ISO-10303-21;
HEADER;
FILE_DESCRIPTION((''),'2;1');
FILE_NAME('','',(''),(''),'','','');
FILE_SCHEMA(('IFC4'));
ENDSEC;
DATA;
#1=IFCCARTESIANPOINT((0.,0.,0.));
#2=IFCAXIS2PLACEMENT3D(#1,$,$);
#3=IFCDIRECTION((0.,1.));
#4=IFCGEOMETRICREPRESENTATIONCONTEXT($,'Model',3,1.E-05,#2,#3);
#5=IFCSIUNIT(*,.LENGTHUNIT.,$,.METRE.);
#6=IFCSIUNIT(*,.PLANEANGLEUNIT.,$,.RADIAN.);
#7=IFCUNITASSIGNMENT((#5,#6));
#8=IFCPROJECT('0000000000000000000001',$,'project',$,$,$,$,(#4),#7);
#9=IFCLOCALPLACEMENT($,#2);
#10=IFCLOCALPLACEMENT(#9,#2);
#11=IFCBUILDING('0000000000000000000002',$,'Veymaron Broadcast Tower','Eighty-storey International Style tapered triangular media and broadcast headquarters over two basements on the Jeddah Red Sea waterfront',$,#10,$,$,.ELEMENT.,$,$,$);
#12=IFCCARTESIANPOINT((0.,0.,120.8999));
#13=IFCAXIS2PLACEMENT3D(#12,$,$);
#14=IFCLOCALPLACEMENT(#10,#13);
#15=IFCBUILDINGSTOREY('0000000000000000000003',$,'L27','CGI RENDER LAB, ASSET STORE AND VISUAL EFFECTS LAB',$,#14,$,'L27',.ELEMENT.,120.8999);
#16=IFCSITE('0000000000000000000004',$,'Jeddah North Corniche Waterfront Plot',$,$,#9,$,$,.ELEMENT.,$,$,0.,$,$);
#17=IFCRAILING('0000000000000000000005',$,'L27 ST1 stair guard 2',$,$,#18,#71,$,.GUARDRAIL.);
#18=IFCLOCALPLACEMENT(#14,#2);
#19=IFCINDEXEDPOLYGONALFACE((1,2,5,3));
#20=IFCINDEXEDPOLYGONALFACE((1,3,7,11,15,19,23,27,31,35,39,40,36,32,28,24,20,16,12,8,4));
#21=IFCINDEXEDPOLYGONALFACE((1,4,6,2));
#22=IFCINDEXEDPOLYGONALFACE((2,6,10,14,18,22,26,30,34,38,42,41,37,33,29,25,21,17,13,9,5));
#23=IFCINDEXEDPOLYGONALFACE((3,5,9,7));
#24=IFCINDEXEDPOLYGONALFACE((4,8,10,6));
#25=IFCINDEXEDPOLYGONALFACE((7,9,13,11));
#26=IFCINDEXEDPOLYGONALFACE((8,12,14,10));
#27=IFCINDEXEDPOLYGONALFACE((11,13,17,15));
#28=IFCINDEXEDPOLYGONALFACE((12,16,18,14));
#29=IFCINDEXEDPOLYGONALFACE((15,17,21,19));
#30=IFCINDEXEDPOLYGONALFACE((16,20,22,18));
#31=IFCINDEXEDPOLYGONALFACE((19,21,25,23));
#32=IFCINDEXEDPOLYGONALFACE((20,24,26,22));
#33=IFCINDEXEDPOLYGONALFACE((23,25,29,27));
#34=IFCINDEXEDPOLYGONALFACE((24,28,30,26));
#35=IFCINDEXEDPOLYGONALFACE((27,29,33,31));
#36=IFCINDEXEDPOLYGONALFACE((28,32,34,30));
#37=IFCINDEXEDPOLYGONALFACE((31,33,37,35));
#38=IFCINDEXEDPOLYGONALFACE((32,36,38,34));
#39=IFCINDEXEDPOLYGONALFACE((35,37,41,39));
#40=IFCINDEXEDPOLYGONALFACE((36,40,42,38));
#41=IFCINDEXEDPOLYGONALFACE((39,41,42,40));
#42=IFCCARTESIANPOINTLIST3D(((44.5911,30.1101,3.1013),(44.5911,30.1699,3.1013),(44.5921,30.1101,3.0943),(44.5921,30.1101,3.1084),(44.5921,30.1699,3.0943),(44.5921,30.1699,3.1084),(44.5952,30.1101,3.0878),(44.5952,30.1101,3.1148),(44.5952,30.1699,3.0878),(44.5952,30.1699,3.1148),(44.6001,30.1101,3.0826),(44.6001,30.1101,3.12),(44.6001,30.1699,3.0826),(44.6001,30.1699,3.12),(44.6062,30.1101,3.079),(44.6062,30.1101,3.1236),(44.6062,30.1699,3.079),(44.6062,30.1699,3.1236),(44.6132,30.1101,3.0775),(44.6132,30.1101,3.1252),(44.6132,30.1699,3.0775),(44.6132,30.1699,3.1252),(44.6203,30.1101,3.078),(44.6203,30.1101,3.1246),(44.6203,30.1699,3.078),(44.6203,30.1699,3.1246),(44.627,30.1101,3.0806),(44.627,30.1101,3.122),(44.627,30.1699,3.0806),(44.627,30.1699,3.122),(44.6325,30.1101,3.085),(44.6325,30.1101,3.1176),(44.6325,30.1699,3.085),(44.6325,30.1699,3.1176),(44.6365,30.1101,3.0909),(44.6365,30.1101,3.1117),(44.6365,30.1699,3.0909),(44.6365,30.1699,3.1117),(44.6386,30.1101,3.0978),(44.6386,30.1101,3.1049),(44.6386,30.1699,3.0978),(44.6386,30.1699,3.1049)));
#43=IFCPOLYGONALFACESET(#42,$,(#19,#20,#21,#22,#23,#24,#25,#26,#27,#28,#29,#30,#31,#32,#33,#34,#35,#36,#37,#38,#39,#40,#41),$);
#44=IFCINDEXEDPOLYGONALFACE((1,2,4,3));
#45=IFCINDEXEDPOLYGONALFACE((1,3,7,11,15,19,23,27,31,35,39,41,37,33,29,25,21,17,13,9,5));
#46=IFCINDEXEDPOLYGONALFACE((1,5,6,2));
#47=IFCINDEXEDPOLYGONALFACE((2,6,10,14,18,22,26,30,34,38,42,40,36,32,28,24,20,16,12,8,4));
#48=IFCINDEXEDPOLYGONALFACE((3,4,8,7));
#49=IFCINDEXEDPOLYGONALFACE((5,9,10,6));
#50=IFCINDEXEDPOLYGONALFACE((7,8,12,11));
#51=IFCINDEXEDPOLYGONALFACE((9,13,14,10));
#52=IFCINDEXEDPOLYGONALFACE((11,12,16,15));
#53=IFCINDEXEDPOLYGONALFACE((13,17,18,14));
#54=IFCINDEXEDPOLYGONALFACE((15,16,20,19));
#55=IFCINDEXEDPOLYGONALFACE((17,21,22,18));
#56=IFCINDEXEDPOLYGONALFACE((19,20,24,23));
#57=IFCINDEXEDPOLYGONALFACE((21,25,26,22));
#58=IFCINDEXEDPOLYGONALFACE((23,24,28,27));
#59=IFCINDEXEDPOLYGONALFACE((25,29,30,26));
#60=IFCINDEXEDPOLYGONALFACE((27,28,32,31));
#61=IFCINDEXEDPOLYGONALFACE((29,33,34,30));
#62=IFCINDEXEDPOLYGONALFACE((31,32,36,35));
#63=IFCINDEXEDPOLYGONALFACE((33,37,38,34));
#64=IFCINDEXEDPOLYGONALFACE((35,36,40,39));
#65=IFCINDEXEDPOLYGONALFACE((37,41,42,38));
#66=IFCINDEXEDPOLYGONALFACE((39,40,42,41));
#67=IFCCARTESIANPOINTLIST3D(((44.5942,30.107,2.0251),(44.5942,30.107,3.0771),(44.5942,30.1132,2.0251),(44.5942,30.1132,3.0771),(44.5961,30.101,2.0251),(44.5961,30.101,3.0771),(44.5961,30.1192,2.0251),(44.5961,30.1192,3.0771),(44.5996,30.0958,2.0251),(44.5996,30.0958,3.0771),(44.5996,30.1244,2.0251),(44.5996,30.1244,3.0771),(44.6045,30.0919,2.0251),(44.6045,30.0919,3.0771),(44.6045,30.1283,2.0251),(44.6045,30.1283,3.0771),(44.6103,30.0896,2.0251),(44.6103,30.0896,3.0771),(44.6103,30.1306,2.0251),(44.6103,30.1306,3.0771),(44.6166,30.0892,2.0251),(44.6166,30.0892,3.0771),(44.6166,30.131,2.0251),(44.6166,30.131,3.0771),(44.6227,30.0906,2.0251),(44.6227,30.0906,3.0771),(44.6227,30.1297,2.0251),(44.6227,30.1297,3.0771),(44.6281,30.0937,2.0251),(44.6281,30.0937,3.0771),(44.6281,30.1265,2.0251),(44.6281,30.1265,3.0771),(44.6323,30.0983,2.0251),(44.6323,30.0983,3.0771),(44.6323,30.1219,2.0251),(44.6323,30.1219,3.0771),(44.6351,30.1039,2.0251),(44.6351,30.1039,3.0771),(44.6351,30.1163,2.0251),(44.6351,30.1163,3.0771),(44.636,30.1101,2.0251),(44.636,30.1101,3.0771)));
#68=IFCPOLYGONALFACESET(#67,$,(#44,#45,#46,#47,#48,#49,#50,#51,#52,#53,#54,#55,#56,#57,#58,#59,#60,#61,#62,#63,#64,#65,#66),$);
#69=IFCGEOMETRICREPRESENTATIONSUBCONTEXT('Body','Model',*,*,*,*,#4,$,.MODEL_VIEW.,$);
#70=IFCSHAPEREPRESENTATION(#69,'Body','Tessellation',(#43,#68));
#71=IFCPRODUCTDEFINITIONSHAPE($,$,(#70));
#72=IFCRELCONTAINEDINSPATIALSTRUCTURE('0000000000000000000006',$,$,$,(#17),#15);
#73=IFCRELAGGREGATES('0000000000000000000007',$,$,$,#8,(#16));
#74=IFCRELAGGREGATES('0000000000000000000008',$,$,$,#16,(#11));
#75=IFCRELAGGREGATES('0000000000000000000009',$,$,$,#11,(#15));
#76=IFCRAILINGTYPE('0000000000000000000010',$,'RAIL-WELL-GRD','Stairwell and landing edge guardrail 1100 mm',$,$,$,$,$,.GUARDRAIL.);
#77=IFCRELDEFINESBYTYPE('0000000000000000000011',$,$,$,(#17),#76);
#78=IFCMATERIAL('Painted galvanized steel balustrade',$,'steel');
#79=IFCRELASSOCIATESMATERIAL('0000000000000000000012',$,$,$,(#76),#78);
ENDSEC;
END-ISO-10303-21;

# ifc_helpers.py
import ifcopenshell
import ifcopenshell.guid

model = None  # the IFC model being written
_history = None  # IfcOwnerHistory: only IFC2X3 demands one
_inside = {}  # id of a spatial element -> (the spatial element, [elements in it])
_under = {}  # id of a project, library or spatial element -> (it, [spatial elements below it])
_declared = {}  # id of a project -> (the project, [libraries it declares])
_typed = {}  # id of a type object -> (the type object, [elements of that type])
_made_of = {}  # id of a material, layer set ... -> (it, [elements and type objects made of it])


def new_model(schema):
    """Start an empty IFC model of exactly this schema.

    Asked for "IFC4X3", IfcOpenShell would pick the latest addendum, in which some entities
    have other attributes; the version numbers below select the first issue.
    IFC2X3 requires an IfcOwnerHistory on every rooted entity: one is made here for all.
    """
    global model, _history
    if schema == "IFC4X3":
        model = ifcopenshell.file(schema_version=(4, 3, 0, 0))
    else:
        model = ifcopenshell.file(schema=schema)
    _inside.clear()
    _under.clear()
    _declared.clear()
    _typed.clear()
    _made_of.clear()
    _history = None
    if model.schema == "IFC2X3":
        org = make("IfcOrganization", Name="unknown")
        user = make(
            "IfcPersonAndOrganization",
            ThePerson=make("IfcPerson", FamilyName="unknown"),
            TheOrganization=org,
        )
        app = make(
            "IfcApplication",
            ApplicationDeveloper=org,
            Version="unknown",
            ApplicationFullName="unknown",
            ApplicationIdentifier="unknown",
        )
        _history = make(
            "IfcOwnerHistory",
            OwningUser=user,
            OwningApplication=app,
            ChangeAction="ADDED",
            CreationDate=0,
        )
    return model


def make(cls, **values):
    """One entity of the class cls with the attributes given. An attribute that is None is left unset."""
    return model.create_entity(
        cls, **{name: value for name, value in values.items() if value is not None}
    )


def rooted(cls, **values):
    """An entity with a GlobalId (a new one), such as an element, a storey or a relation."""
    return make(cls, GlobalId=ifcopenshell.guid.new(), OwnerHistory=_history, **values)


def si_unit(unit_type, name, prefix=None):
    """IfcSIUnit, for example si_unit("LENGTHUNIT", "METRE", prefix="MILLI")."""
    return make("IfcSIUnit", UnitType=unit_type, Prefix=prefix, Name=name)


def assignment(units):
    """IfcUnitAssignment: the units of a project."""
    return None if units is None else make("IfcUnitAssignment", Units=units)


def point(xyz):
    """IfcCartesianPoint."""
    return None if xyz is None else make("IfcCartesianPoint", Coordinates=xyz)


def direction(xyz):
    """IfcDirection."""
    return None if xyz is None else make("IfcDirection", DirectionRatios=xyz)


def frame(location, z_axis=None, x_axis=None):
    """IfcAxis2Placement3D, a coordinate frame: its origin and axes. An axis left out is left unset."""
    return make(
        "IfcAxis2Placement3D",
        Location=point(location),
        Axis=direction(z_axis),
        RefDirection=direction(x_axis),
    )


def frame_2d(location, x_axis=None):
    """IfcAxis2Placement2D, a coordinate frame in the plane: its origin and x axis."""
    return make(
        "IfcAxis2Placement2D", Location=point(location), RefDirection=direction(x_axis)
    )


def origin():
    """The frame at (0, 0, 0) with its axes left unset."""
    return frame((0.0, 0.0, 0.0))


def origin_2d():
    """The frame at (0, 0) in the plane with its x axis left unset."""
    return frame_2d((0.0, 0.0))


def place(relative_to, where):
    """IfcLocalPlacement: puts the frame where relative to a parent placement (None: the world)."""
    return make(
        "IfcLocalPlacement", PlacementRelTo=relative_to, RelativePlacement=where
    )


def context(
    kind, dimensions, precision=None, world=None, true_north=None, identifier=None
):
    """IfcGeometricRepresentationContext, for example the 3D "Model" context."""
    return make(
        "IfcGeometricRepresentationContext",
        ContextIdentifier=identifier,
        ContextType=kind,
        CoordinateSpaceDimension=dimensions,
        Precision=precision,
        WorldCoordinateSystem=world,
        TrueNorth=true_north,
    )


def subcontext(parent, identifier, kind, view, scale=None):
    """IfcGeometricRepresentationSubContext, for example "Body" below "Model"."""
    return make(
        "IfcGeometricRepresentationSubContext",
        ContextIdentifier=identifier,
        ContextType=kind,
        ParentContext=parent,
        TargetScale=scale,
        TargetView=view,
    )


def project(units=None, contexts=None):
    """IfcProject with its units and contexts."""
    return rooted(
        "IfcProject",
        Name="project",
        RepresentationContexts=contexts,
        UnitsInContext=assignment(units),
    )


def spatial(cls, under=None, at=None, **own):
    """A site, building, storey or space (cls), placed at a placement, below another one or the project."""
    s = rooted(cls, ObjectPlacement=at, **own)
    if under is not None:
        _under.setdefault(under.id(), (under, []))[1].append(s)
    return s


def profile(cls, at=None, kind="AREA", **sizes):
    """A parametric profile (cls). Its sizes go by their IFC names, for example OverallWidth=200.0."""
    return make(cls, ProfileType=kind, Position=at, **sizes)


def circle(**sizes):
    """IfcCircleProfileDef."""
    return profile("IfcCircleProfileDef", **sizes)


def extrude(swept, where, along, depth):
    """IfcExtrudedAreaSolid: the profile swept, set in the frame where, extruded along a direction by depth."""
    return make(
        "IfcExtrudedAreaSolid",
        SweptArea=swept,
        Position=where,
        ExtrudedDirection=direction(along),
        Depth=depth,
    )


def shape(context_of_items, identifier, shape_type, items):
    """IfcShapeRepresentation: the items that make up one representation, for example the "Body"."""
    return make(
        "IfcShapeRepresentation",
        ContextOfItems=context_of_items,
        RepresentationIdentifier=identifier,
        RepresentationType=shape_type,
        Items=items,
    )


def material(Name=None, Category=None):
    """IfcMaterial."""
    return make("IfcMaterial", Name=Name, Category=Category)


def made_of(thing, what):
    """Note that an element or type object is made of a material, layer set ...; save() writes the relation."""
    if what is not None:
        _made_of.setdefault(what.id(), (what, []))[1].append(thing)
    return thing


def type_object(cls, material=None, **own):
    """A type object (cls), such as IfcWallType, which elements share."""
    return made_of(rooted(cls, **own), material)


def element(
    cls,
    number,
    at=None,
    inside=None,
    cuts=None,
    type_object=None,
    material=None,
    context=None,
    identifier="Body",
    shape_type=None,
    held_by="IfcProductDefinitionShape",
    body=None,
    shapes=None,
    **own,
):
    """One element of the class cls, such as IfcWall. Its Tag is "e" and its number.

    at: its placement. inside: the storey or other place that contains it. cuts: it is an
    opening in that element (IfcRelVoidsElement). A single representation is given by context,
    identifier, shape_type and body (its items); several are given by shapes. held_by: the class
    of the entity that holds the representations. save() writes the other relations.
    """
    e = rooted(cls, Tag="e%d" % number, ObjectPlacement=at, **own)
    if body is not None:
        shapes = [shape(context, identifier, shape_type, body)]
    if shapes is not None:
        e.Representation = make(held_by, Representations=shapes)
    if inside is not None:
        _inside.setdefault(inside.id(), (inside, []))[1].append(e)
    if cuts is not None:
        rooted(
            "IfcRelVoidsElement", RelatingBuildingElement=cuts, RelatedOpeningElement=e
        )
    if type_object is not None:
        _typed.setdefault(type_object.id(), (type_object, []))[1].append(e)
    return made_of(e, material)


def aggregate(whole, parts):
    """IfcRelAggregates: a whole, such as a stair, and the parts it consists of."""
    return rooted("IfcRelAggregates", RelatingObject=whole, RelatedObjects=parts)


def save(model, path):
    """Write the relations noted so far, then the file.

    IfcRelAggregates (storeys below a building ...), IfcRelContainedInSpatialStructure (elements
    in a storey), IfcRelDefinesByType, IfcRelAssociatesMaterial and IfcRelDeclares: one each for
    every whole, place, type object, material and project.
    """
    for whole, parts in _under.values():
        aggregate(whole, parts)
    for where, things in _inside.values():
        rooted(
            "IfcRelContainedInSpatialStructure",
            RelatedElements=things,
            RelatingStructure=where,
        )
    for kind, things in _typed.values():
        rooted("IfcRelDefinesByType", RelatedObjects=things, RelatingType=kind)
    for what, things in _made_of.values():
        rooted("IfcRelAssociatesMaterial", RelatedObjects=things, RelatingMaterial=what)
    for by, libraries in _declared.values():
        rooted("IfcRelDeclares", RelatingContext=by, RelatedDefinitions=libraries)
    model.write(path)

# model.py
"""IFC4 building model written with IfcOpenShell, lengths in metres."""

from ifc_helpers import new_model, si_unit, direction, frame, origin, origin_2d, place, context, subcontext, project, spatial, circle, extrude, material, type_object, element, save


model = new_model("IFC4")

# Units and contexts
model_context = context("Model", 3, precision=1e-05, world=origin(), true_north=direction((0.0, 1.0)))
body_context = subcontext(model_context, "Body", "Model", "MODEL_VIEW")
ifc_project = project(units=[si_unit("LENGTHUNIT", "METRE"), si_unit("PLANEANGLEUNIT", "RADIAN")], contexts=[model_context])

# Site, building, storey
site_placement = place(None, origin())
site = spatial("IfcSite", under=ifc_project, at=site_placement, Name="Jeddah North Corniche Waterfront Plot", CompositionType="ELEMENT", RefElevation=0.0)
building_placement = place(site_placement, origin())
building = spatial("IfcBuilding", under=site, at=building_placement, Name="Veymaron Broadcast Tower", Description="Eighty-storey International Style tapered triangular media and broadcast headquarters over two basements on the Jeddah Red Sea waterfront", CompositionType="ELEMENT")
storey_placement = place(building_placement, frame((0.0, 0.0, 120.8999)))
storey = spatial("IfcBuildingStorey", under=building, at=storey_placement, Name="L27", Description="CGI RENDER LAB, ASSET STORE AND VISUAL EFFECTS LAB", LongName="L27", CompositionType="ELEMENT", Elevation=120.8999)

# Railing
ifc_material_1 = material(Name="Painted galvanized steel balustrade", Category="steel")
railing_type_1 = type_object("IfcRailingType", Name="RAIL-WELL-GRD", Description="Stairwell and landing edge guardrail 1100 mm", PredefinedType="GUARDRAIL", material=ifc_material_1)
railing_1_placement = place(storey_placement, frame((44.615, 30.1101, 2.0251)))
element("IfcRailing", 1, at=railing_1_placement, inside=storey, type_object=railing_type_1, Name="L27 ST1 stair guard 2", PredefinedType="GUARDRAIL", context=body_context, shape_type="SweptSolid", body=[
    extrude(circle(Radius=0.0239, at=origin_2d()), frame((0.0, 0.0, 1.0762), z_axis=(0.0, 1.0, 0.0), x_axis=(-1.0, 0.0, 0.0)), (0.0, 0.0, 1.0), 0.0598),
    extrude(circle(Radius=0.021, at=origin_2d()), origin(), (0.0, 0.0, 1.0), 1.052),
])

save(model, "model.ifc")
